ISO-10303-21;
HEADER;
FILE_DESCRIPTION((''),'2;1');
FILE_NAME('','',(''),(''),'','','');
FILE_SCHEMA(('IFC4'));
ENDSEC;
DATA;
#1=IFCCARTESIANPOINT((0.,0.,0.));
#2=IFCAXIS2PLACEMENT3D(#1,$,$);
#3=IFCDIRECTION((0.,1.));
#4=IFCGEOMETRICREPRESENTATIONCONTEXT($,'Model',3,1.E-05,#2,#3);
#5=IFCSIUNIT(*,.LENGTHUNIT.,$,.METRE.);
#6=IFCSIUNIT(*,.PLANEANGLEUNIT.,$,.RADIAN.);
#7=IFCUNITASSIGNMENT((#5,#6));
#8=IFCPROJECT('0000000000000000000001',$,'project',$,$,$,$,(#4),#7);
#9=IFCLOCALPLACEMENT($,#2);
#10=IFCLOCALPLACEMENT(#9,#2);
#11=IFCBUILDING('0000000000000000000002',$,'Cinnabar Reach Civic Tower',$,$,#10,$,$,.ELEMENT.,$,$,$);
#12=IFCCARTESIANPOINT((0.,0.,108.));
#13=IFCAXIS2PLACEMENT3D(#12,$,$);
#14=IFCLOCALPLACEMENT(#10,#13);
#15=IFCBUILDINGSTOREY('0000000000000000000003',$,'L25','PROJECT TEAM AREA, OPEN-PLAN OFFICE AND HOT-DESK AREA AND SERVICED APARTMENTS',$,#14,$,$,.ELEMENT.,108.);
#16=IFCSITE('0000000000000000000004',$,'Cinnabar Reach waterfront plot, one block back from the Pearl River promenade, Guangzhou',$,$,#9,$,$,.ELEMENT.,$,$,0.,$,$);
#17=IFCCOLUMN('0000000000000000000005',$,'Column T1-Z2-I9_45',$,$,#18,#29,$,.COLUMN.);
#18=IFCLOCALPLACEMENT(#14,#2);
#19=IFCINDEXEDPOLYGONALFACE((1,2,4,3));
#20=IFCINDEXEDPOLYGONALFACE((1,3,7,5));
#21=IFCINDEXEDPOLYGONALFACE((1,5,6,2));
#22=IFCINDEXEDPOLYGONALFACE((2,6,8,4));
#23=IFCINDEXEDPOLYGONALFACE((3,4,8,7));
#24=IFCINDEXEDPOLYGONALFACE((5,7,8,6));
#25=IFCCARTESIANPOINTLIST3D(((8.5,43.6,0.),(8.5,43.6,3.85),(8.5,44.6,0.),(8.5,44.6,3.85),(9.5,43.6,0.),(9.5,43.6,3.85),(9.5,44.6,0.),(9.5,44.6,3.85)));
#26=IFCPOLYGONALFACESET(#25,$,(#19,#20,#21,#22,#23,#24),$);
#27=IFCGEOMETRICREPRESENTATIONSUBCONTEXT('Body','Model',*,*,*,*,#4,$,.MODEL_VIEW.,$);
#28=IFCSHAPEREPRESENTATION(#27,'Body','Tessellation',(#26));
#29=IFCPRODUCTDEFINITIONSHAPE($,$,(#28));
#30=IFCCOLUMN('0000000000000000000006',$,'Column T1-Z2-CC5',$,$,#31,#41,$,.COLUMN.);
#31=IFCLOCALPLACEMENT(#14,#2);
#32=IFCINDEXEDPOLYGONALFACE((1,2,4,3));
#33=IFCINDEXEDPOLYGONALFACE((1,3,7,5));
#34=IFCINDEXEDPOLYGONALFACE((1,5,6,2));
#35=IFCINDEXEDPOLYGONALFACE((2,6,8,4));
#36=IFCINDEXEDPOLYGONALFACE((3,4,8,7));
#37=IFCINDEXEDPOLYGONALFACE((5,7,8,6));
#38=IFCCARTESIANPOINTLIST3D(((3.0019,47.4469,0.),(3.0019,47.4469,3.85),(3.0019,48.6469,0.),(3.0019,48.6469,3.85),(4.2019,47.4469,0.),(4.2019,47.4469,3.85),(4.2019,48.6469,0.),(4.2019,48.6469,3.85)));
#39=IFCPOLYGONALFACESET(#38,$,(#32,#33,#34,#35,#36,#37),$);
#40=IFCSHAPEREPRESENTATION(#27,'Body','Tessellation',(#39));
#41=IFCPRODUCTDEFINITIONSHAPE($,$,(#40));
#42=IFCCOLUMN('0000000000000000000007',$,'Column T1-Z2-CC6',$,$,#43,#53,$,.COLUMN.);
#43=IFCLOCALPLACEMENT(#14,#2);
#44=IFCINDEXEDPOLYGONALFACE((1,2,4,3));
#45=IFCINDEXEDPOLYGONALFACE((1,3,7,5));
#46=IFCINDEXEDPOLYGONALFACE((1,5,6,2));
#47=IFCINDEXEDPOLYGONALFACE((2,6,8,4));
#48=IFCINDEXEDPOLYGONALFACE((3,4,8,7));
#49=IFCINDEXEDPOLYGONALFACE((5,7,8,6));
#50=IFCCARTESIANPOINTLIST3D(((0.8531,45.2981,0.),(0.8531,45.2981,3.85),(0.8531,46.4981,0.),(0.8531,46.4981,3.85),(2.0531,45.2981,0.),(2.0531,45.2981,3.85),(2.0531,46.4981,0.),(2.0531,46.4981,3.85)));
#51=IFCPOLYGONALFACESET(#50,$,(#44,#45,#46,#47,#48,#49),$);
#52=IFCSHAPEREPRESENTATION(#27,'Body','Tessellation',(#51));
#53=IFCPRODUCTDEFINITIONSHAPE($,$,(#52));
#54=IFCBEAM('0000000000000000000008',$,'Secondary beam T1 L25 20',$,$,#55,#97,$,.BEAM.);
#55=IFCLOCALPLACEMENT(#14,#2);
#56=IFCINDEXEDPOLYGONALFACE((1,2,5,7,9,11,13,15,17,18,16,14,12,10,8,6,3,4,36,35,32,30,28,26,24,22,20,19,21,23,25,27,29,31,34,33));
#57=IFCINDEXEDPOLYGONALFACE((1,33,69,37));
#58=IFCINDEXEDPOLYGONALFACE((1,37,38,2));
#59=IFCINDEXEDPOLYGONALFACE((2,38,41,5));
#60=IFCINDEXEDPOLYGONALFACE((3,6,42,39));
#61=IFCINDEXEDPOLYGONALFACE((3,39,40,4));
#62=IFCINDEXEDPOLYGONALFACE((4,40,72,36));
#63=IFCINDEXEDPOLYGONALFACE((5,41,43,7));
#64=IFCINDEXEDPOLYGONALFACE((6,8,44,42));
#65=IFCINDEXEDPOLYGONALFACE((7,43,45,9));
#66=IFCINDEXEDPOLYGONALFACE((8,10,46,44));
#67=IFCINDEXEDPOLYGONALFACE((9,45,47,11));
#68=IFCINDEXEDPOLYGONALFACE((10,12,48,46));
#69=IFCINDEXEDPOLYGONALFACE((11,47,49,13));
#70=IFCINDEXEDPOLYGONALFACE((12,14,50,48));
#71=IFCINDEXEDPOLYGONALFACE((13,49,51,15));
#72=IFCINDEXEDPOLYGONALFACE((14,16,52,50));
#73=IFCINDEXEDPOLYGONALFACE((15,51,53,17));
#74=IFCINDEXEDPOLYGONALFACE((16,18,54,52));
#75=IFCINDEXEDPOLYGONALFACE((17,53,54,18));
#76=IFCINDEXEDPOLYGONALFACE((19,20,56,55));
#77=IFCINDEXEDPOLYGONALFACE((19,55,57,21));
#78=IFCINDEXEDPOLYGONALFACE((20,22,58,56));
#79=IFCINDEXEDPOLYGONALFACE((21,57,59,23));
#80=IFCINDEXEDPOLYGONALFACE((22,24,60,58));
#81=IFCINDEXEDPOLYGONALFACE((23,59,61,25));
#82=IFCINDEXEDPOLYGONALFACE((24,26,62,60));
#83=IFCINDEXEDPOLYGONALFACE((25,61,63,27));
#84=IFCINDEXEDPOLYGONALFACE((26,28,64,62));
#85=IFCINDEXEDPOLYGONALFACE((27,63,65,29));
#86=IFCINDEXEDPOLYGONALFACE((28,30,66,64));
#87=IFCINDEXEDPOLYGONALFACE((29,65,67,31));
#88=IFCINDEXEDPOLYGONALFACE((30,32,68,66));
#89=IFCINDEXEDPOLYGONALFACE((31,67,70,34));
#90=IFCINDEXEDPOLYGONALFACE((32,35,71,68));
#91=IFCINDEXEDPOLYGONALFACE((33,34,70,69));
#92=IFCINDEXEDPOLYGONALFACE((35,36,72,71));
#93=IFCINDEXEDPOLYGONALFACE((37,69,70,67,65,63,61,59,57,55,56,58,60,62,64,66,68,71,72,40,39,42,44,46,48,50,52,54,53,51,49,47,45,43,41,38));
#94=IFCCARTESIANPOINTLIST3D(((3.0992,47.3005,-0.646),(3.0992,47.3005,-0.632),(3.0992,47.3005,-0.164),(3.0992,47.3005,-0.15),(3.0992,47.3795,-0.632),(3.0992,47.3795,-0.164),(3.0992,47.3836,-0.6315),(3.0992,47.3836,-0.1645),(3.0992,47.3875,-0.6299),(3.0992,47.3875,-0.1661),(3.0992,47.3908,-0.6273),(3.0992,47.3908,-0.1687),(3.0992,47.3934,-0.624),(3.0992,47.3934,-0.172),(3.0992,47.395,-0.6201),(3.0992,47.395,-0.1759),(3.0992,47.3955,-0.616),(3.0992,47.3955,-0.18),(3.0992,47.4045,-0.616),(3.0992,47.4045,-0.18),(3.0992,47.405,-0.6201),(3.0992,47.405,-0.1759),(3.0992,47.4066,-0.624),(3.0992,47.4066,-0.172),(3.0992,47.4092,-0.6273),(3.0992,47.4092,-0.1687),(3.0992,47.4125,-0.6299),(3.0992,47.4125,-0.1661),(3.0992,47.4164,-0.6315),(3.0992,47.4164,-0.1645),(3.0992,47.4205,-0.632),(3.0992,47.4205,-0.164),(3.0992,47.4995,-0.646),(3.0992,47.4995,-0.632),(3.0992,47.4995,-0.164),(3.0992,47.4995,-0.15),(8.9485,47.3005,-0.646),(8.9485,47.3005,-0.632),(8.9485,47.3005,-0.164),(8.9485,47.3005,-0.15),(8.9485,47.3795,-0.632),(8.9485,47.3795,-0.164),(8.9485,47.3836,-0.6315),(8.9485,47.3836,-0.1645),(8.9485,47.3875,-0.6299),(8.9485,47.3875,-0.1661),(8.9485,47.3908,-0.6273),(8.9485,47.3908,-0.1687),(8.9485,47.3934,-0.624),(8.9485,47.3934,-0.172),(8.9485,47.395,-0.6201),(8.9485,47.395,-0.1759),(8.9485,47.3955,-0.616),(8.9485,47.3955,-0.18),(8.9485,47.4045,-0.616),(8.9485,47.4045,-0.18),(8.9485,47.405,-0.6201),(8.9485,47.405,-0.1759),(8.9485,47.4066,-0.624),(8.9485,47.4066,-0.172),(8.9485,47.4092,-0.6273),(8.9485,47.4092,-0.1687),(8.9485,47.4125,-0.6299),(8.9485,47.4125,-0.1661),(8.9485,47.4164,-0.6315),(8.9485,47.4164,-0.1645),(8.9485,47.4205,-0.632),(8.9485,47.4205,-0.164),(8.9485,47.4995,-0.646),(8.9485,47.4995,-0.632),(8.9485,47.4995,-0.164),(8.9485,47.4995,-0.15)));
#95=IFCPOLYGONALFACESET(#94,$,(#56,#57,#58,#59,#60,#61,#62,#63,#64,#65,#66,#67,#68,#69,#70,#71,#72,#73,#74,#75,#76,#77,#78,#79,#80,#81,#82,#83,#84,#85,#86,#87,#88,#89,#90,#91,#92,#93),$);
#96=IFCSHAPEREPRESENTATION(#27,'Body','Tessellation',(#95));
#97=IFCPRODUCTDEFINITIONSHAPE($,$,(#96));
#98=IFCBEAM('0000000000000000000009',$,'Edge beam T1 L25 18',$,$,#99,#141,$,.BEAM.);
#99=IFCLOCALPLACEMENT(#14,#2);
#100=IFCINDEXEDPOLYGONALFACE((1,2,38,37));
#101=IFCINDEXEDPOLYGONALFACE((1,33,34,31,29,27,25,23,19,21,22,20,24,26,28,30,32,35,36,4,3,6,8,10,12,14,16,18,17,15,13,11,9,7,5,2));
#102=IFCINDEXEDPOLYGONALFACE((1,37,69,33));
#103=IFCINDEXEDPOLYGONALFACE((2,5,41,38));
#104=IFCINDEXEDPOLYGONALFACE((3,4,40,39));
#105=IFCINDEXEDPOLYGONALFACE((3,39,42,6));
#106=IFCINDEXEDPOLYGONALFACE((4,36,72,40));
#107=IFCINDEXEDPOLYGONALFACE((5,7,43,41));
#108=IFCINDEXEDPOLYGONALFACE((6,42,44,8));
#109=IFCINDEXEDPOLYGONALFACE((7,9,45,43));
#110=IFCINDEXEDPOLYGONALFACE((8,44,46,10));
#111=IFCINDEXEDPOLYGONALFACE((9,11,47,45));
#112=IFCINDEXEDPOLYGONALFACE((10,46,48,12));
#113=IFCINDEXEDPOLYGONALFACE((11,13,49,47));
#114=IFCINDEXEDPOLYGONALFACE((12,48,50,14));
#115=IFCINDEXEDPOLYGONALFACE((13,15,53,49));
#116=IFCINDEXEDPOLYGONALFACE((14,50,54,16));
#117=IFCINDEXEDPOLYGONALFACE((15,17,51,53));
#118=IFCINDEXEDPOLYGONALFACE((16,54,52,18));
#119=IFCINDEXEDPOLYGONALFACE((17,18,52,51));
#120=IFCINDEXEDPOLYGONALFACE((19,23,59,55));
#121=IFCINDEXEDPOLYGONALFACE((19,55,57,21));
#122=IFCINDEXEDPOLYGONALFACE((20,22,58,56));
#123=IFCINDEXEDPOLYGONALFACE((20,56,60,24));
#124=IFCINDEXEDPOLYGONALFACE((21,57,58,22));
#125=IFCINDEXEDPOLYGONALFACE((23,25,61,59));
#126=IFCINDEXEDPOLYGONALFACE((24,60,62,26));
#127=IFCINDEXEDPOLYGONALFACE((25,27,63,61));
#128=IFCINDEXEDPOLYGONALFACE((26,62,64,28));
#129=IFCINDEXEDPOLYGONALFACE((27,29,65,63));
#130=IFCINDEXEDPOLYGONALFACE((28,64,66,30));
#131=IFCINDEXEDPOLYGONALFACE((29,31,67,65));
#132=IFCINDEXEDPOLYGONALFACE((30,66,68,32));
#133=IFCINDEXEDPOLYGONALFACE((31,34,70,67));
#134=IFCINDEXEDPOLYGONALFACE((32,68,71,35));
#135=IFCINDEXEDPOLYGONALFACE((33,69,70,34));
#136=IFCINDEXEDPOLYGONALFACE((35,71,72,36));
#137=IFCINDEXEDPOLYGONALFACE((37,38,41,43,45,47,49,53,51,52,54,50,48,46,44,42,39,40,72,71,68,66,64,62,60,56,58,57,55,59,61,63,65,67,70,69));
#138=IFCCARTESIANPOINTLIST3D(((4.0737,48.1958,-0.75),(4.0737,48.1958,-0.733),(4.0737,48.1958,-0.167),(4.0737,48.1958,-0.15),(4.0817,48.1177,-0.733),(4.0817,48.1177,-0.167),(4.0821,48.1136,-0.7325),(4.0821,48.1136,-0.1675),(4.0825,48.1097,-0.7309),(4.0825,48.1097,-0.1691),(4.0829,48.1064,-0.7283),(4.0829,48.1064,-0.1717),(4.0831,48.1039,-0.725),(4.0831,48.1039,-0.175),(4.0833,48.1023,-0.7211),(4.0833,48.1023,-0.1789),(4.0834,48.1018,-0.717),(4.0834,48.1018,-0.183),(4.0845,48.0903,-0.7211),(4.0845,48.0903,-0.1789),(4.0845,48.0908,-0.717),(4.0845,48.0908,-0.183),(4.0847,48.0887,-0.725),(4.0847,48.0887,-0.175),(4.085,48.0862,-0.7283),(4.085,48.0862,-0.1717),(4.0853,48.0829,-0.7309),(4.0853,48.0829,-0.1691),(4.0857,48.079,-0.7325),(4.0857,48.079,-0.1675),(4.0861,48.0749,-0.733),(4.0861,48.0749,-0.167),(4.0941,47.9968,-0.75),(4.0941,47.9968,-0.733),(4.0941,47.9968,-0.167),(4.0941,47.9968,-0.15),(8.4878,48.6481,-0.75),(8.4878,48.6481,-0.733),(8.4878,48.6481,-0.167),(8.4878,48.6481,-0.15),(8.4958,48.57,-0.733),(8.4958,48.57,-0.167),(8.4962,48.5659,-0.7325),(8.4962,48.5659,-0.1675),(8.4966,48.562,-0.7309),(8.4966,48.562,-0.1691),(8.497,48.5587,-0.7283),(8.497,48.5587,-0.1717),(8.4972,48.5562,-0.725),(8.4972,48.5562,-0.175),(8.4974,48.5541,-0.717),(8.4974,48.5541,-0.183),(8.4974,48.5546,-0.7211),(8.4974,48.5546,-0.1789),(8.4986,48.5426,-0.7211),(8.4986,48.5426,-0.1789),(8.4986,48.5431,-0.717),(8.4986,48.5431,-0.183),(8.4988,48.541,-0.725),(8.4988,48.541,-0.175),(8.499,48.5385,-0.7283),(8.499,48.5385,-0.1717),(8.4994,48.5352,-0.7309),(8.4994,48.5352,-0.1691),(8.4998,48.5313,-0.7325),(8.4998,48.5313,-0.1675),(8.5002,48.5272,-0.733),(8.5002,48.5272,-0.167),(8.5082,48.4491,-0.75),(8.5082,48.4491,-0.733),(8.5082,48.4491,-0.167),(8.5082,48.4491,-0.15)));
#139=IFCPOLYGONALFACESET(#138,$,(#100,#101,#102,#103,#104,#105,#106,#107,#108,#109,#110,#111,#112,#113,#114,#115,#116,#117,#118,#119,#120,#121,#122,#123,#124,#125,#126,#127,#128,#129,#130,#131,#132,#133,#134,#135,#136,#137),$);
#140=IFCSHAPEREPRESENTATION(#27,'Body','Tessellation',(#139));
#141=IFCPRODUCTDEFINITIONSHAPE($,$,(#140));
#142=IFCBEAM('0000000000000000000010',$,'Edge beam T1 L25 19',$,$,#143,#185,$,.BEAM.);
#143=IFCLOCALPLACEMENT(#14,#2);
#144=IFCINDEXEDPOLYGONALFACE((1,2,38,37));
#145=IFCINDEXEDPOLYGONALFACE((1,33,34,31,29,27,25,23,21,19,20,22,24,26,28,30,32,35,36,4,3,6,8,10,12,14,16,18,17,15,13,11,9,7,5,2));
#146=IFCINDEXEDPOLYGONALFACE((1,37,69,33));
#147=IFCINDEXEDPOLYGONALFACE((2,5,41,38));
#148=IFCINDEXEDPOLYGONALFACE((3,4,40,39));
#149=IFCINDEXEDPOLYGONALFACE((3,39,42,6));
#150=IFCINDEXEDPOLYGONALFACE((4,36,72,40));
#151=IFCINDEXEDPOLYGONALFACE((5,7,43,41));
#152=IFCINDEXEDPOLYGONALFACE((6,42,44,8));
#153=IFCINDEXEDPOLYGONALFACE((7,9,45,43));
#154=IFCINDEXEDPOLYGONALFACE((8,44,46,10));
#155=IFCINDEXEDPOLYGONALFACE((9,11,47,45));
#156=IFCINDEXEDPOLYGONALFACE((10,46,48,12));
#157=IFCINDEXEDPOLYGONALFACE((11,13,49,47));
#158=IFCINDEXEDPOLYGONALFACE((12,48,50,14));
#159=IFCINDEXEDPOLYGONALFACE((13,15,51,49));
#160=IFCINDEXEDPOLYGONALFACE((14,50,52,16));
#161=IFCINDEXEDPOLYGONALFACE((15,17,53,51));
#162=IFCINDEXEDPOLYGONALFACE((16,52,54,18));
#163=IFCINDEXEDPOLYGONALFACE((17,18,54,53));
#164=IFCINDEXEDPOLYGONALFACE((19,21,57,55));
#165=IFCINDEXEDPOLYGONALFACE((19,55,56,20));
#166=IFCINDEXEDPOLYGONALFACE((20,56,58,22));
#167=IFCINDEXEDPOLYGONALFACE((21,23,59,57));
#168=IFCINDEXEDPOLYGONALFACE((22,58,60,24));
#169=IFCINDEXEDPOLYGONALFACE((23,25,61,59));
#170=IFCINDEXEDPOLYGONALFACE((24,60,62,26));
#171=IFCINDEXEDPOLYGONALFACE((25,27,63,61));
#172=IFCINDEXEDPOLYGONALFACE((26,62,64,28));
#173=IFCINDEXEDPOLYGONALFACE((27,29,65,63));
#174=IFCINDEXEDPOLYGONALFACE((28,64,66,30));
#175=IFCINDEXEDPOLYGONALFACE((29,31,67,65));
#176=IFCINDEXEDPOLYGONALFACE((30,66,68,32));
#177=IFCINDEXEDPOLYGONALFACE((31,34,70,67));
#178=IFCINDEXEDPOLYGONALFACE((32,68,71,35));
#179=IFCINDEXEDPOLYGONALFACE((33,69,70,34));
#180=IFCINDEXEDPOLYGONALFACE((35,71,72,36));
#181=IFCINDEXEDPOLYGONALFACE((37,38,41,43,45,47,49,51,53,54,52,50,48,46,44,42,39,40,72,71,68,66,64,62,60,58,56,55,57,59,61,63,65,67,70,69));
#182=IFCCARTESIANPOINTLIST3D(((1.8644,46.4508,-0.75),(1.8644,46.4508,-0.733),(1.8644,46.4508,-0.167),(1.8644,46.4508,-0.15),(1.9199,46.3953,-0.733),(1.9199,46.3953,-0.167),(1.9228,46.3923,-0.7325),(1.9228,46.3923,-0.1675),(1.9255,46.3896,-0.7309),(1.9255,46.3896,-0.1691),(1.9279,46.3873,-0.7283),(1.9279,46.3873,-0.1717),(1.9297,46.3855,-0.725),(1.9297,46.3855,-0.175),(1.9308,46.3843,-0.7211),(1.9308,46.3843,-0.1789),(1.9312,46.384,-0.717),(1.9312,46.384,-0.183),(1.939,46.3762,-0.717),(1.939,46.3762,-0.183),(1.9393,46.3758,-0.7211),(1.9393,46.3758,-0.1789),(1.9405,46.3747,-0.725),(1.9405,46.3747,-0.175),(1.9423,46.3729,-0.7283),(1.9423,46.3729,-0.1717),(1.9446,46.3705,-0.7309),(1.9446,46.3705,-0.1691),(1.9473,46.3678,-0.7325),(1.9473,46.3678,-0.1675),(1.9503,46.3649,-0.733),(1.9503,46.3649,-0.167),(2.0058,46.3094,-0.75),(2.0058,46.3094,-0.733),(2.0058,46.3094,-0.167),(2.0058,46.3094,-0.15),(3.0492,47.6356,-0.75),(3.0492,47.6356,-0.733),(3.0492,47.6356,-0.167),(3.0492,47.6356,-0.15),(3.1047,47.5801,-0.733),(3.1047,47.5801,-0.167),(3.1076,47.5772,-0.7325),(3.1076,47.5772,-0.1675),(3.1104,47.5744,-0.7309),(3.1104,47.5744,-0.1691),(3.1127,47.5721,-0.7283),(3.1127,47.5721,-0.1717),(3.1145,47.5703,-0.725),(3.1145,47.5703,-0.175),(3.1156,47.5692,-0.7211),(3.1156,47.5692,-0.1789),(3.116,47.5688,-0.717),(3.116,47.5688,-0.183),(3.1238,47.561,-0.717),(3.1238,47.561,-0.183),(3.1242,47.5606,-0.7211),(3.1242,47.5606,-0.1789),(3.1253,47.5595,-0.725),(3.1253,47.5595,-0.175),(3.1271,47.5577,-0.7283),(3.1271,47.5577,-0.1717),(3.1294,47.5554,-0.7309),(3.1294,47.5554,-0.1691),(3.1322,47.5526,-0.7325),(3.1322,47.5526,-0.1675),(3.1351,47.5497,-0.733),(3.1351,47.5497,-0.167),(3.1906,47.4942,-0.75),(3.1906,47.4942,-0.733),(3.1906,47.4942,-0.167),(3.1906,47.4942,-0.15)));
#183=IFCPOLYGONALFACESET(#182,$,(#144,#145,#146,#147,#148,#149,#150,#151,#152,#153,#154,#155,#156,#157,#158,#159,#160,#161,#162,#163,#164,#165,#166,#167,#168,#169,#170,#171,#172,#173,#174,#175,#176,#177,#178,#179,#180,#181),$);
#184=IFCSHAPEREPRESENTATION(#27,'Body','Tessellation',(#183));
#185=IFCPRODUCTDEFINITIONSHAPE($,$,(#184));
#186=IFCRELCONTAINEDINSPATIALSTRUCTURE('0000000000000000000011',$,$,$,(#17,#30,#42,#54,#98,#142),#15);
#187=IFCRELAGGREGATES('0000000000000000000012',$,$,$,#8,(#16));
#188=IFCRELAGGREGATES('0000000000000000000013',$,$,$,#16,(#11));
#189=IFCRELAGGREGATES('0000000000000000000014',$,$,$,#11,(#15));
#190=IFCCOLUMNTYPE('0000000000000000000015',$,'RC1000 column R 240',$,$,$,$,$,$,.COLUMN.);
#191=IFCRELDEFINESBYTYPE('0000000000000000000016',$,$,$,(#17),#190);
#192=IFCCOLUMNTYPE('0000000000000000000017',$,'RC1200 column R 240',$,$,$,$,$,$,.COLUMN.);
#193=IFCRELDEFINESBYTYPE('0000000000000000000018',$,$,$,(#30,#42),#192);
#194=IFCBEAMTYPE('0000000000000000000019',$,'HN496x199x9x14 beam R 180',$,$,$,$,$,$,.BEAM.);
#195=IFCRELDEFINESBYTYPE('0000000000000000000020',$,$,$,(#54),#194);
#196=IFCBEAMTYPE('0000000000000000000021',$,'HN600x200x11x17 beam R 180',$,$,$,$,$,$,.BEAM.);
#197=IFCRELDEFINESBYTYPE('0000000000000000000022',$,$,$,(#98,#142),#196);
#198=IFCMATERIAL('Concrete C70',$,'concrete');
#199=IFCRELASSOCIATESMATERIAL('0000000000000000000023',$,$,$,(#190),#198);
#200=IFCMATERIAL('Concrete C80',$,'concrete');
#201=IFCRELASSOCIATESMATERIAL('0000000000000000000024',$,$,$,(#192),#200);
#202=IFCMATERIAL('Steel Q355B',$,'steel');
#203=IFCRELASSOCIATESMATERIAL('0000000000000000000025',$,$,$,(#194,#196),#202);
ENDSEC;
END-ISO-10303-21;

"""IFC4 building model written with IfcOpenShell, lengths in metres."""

from ifc_helpers import new_model, si_unit, direction, frame, origin, origin_2d, place, context, subcontext, project, spatial, rectangle, i_section, extrude, material, material_profile, profile_set, type_object, element, save


model = new_model("IFC4")

# Units and contexts
model_context = context("Model", 3, precision=1e-05, world=origin(), true_north=direction((0.0, 1.0)))
body_context = subcontext(model_context, "Body", "Model", "MODEL_VIEW")
ifc_project = project(units=[si_unit("LENGTHUNIT", "METRE"), si_unit("PLANEANGLEUNIT", "RADIAN")], contexts=[model_context])

# Site, building, storey
site_placement = place(None, origin())
site = spatial("IfcSite", under=ifc_project, at=site_placement, Name="Cinnabar Reach waterfront plot, one block back from the Pearl River promenade, Guangzhou", CompositionType="ELEMENT", RefElevation=0.0)
building_placement = place(site_placement, origin())
building = spatial("IfcBuilding", under=site, at=building_placement, Name="Cinnabar Reach Civic Tower", CompositionType="ELEMENT")
storey_placement = place(building_placement, frame((0.0, 0.0, 108.0)))
storey = spatial("IfcBuildingStorey", under=building, at=storey_placement, Name="L25", Description="PROJECT TEAM AREA, OPEN-PLAN OFFICE AND HOT-DESK AREA AND SERVICED APARTMENTS", CompositionType="ELEMENT", Elevation=108.0)

# Columns
ifc_material_1 = material(Name="Concrete C70", Category="concrete")
ifc_material_profile_1 = material_profile(ifc_material_1, rectangle(XDim=1.0, YDim=1.0, at=origin_2d()), Name="RC1000")
ifc_profile_set_1 = profile_set([ifc_material_profile_1], Name="Concrete C70")
column_type_1 = type_object("IfcColumnType", Name="RC1000 column R 240", PredefinedType="COLUMN", material=ifc_profile_set_1)
column_placement = place(storey_placement, frame((9.0, 44.1, 0.0), z_axis=(0.0, 0.0, 1.0), x_axis=(1.0, 0.0, 0.0)))
element("IfcColumn", 1, at=column_placement, inside=storey, type_object=column_type_1, Name="Column T1-Z2-I9_45", PredefinedType="COLUMN", context=body_context, shape_type="SweptSolid", body=[
    extrude(rectangle(XDim=1.0, YDim=1.0, at=origin_2d()), origin(), (0.0, 0.0, 1.0), 3.85),
])
ifc_material_2 = material(Name="Concrete C80", Category="concrete")
ifc_material_profile_2 = material_profile(ifc_material_2, rectangle(XDim=1.2, YDim=1.2, at=origin_2d()), Name="RC1200")
ifc_profile_set_2 = profile_set([ifc_material_profile_2], Name="Concrete C80")
column_type_2 = type_object("IfcColumnType", Name="RC1200 column R 240", PredefinedType="COLUMN", material=ifc_profile_set_2)
for number, where, z_axis, x_axis, name in (
    (2, (3.6019, 48.0469, 0.0), (0.0, 0.0, 1.0), (1.0, 0.0, 0.0), "Column T1-Z2-CC5"),
    (3, (1.4531, 45.8981, 0.0), (0.0, 0.0, 1.0), (1.0, 0.0, 0.0), "Column T1-Z2-CC6"),
):
    element("IfcColumn", number, at=place(storey_placement, frame(where, z_axis=z_axis, x_axis=x_axis)), inside=storey, type_object=column_type_2, Name=name, PredefinedType="COLUMN", context=body_context, shape_type="SweptSolid", body=[
        extrude(rectangle(XDim=1.2, YDim=1.2, at=origin_2d()), origin(), (0.0, 0.0, 1.0), 3.85),
    ])

# Beams
ifc_material_3 = material(Name="Steel Q355B", Category="steel")
ifc_material_profile_3 = material_profile(ifc_material_3, i_section(OverallWidth=0.199, OverallDepth=0.496, WebThickness=0.009, FlangeThickness=0.014, FilletRadius=0.016, at=origin_2d()), Name="HN496x199x9x14")
ifc_profile_set_3 = profile_set([ifc_material_profile_3], Name="Steel Q355B")
beam_type_1 = type_object("IfcBeamType", Name="HN496x199x9x14 beam R 180", PredefinedType="BEAM", material=ifc_profile_set_3)
beam_1_placement = place(storey_placement, frame((3.0992, 47.4, -0.398), z_axis=(1.0, 0.0, 0.0), x_axis=(0.0, 1.0, 0.0)))
element("IfcBeam", 4, at=beam_1_placement, inside=storey, type_object=beam_type_1, Name="Secondary beam T1 L25 20", PredefinedType="BEAM", context=body_context, shape_type="SweptSolid", body=[
    extrude(i_section(OverallWidth=0.199, OverallDepth=0.496, WebThickness=0.009, FlangeThickness=0.014, FilletRadius=0.016, at=origin_2d()), origin(), (0.0, 0.0, 1.0), 5.8493),
])
ifc_material_profile_4 = material_profile(ifc_material_3, i_section(OverallWidth=0.2, OverallDepth=0.6, WebThickness=0.011, FlangeThickness=0.017, FilletRadius=0.016, at=origin_2d()), Name="HN600x200x11x17")
ifc_profile_set_4 = profile_set([ifc_material_profile_4], Name="Steel Q355B")
beam_type_2 = type_object("IfcBeamType", Name="HN600x200x11x17 beam R 180", PredefinedType="BEAM", material=ifc_profile_set_4)
beam_2_placement = place(storey_placement, frame((8.498, 48.5486, -0.45), z_axis=(-0.994791, -0.101933, 0.0), x_axis=(0.101933, -0.994791, 0.0)))
element("IfcBeam", 5, at=beam_2_placement, inside=storey, type_object=beam_type_2, Name="Edge beam T1 L25 18", PredefinedType="BEAM", context=body_context, shape_type="SweptSolid", body=[
    extrude(i_section(OverallWidth=0.2, OverallDepth=0.6, WebThickness=0.011, FlangeThickness=0.017, FilletRadius=0.016, at=origin_2d()), origin(), (0.0, 0.0, 1.0), 4.4372),
])
beam_3_placement = place(storey_placement, frame((3.1199, 47.5649, -0.45), z_axis=(-0.707107, -0.707107, 0.0), x_axis=(0.707107, -0.707107, 0.0)))
element("IfcBeam", 6, at=beam_3_placement, inside=storey, type_object=beam_type_2, Name="Edge beam T1 L25 19", PredefinedType="BEAM", context=body_context, shape_type="SweptSolid", body=[
    extrude(i_section(OverallWidth=0.2, OverallDepth=0.6, WebThickness=0.011, FlangeThickness=0.017, FilletRadius=0.016, at=origin_2d()), origin(), (0.0, 0.0, 1.0), 1.6756),
])

save(model, "model.ifc")
